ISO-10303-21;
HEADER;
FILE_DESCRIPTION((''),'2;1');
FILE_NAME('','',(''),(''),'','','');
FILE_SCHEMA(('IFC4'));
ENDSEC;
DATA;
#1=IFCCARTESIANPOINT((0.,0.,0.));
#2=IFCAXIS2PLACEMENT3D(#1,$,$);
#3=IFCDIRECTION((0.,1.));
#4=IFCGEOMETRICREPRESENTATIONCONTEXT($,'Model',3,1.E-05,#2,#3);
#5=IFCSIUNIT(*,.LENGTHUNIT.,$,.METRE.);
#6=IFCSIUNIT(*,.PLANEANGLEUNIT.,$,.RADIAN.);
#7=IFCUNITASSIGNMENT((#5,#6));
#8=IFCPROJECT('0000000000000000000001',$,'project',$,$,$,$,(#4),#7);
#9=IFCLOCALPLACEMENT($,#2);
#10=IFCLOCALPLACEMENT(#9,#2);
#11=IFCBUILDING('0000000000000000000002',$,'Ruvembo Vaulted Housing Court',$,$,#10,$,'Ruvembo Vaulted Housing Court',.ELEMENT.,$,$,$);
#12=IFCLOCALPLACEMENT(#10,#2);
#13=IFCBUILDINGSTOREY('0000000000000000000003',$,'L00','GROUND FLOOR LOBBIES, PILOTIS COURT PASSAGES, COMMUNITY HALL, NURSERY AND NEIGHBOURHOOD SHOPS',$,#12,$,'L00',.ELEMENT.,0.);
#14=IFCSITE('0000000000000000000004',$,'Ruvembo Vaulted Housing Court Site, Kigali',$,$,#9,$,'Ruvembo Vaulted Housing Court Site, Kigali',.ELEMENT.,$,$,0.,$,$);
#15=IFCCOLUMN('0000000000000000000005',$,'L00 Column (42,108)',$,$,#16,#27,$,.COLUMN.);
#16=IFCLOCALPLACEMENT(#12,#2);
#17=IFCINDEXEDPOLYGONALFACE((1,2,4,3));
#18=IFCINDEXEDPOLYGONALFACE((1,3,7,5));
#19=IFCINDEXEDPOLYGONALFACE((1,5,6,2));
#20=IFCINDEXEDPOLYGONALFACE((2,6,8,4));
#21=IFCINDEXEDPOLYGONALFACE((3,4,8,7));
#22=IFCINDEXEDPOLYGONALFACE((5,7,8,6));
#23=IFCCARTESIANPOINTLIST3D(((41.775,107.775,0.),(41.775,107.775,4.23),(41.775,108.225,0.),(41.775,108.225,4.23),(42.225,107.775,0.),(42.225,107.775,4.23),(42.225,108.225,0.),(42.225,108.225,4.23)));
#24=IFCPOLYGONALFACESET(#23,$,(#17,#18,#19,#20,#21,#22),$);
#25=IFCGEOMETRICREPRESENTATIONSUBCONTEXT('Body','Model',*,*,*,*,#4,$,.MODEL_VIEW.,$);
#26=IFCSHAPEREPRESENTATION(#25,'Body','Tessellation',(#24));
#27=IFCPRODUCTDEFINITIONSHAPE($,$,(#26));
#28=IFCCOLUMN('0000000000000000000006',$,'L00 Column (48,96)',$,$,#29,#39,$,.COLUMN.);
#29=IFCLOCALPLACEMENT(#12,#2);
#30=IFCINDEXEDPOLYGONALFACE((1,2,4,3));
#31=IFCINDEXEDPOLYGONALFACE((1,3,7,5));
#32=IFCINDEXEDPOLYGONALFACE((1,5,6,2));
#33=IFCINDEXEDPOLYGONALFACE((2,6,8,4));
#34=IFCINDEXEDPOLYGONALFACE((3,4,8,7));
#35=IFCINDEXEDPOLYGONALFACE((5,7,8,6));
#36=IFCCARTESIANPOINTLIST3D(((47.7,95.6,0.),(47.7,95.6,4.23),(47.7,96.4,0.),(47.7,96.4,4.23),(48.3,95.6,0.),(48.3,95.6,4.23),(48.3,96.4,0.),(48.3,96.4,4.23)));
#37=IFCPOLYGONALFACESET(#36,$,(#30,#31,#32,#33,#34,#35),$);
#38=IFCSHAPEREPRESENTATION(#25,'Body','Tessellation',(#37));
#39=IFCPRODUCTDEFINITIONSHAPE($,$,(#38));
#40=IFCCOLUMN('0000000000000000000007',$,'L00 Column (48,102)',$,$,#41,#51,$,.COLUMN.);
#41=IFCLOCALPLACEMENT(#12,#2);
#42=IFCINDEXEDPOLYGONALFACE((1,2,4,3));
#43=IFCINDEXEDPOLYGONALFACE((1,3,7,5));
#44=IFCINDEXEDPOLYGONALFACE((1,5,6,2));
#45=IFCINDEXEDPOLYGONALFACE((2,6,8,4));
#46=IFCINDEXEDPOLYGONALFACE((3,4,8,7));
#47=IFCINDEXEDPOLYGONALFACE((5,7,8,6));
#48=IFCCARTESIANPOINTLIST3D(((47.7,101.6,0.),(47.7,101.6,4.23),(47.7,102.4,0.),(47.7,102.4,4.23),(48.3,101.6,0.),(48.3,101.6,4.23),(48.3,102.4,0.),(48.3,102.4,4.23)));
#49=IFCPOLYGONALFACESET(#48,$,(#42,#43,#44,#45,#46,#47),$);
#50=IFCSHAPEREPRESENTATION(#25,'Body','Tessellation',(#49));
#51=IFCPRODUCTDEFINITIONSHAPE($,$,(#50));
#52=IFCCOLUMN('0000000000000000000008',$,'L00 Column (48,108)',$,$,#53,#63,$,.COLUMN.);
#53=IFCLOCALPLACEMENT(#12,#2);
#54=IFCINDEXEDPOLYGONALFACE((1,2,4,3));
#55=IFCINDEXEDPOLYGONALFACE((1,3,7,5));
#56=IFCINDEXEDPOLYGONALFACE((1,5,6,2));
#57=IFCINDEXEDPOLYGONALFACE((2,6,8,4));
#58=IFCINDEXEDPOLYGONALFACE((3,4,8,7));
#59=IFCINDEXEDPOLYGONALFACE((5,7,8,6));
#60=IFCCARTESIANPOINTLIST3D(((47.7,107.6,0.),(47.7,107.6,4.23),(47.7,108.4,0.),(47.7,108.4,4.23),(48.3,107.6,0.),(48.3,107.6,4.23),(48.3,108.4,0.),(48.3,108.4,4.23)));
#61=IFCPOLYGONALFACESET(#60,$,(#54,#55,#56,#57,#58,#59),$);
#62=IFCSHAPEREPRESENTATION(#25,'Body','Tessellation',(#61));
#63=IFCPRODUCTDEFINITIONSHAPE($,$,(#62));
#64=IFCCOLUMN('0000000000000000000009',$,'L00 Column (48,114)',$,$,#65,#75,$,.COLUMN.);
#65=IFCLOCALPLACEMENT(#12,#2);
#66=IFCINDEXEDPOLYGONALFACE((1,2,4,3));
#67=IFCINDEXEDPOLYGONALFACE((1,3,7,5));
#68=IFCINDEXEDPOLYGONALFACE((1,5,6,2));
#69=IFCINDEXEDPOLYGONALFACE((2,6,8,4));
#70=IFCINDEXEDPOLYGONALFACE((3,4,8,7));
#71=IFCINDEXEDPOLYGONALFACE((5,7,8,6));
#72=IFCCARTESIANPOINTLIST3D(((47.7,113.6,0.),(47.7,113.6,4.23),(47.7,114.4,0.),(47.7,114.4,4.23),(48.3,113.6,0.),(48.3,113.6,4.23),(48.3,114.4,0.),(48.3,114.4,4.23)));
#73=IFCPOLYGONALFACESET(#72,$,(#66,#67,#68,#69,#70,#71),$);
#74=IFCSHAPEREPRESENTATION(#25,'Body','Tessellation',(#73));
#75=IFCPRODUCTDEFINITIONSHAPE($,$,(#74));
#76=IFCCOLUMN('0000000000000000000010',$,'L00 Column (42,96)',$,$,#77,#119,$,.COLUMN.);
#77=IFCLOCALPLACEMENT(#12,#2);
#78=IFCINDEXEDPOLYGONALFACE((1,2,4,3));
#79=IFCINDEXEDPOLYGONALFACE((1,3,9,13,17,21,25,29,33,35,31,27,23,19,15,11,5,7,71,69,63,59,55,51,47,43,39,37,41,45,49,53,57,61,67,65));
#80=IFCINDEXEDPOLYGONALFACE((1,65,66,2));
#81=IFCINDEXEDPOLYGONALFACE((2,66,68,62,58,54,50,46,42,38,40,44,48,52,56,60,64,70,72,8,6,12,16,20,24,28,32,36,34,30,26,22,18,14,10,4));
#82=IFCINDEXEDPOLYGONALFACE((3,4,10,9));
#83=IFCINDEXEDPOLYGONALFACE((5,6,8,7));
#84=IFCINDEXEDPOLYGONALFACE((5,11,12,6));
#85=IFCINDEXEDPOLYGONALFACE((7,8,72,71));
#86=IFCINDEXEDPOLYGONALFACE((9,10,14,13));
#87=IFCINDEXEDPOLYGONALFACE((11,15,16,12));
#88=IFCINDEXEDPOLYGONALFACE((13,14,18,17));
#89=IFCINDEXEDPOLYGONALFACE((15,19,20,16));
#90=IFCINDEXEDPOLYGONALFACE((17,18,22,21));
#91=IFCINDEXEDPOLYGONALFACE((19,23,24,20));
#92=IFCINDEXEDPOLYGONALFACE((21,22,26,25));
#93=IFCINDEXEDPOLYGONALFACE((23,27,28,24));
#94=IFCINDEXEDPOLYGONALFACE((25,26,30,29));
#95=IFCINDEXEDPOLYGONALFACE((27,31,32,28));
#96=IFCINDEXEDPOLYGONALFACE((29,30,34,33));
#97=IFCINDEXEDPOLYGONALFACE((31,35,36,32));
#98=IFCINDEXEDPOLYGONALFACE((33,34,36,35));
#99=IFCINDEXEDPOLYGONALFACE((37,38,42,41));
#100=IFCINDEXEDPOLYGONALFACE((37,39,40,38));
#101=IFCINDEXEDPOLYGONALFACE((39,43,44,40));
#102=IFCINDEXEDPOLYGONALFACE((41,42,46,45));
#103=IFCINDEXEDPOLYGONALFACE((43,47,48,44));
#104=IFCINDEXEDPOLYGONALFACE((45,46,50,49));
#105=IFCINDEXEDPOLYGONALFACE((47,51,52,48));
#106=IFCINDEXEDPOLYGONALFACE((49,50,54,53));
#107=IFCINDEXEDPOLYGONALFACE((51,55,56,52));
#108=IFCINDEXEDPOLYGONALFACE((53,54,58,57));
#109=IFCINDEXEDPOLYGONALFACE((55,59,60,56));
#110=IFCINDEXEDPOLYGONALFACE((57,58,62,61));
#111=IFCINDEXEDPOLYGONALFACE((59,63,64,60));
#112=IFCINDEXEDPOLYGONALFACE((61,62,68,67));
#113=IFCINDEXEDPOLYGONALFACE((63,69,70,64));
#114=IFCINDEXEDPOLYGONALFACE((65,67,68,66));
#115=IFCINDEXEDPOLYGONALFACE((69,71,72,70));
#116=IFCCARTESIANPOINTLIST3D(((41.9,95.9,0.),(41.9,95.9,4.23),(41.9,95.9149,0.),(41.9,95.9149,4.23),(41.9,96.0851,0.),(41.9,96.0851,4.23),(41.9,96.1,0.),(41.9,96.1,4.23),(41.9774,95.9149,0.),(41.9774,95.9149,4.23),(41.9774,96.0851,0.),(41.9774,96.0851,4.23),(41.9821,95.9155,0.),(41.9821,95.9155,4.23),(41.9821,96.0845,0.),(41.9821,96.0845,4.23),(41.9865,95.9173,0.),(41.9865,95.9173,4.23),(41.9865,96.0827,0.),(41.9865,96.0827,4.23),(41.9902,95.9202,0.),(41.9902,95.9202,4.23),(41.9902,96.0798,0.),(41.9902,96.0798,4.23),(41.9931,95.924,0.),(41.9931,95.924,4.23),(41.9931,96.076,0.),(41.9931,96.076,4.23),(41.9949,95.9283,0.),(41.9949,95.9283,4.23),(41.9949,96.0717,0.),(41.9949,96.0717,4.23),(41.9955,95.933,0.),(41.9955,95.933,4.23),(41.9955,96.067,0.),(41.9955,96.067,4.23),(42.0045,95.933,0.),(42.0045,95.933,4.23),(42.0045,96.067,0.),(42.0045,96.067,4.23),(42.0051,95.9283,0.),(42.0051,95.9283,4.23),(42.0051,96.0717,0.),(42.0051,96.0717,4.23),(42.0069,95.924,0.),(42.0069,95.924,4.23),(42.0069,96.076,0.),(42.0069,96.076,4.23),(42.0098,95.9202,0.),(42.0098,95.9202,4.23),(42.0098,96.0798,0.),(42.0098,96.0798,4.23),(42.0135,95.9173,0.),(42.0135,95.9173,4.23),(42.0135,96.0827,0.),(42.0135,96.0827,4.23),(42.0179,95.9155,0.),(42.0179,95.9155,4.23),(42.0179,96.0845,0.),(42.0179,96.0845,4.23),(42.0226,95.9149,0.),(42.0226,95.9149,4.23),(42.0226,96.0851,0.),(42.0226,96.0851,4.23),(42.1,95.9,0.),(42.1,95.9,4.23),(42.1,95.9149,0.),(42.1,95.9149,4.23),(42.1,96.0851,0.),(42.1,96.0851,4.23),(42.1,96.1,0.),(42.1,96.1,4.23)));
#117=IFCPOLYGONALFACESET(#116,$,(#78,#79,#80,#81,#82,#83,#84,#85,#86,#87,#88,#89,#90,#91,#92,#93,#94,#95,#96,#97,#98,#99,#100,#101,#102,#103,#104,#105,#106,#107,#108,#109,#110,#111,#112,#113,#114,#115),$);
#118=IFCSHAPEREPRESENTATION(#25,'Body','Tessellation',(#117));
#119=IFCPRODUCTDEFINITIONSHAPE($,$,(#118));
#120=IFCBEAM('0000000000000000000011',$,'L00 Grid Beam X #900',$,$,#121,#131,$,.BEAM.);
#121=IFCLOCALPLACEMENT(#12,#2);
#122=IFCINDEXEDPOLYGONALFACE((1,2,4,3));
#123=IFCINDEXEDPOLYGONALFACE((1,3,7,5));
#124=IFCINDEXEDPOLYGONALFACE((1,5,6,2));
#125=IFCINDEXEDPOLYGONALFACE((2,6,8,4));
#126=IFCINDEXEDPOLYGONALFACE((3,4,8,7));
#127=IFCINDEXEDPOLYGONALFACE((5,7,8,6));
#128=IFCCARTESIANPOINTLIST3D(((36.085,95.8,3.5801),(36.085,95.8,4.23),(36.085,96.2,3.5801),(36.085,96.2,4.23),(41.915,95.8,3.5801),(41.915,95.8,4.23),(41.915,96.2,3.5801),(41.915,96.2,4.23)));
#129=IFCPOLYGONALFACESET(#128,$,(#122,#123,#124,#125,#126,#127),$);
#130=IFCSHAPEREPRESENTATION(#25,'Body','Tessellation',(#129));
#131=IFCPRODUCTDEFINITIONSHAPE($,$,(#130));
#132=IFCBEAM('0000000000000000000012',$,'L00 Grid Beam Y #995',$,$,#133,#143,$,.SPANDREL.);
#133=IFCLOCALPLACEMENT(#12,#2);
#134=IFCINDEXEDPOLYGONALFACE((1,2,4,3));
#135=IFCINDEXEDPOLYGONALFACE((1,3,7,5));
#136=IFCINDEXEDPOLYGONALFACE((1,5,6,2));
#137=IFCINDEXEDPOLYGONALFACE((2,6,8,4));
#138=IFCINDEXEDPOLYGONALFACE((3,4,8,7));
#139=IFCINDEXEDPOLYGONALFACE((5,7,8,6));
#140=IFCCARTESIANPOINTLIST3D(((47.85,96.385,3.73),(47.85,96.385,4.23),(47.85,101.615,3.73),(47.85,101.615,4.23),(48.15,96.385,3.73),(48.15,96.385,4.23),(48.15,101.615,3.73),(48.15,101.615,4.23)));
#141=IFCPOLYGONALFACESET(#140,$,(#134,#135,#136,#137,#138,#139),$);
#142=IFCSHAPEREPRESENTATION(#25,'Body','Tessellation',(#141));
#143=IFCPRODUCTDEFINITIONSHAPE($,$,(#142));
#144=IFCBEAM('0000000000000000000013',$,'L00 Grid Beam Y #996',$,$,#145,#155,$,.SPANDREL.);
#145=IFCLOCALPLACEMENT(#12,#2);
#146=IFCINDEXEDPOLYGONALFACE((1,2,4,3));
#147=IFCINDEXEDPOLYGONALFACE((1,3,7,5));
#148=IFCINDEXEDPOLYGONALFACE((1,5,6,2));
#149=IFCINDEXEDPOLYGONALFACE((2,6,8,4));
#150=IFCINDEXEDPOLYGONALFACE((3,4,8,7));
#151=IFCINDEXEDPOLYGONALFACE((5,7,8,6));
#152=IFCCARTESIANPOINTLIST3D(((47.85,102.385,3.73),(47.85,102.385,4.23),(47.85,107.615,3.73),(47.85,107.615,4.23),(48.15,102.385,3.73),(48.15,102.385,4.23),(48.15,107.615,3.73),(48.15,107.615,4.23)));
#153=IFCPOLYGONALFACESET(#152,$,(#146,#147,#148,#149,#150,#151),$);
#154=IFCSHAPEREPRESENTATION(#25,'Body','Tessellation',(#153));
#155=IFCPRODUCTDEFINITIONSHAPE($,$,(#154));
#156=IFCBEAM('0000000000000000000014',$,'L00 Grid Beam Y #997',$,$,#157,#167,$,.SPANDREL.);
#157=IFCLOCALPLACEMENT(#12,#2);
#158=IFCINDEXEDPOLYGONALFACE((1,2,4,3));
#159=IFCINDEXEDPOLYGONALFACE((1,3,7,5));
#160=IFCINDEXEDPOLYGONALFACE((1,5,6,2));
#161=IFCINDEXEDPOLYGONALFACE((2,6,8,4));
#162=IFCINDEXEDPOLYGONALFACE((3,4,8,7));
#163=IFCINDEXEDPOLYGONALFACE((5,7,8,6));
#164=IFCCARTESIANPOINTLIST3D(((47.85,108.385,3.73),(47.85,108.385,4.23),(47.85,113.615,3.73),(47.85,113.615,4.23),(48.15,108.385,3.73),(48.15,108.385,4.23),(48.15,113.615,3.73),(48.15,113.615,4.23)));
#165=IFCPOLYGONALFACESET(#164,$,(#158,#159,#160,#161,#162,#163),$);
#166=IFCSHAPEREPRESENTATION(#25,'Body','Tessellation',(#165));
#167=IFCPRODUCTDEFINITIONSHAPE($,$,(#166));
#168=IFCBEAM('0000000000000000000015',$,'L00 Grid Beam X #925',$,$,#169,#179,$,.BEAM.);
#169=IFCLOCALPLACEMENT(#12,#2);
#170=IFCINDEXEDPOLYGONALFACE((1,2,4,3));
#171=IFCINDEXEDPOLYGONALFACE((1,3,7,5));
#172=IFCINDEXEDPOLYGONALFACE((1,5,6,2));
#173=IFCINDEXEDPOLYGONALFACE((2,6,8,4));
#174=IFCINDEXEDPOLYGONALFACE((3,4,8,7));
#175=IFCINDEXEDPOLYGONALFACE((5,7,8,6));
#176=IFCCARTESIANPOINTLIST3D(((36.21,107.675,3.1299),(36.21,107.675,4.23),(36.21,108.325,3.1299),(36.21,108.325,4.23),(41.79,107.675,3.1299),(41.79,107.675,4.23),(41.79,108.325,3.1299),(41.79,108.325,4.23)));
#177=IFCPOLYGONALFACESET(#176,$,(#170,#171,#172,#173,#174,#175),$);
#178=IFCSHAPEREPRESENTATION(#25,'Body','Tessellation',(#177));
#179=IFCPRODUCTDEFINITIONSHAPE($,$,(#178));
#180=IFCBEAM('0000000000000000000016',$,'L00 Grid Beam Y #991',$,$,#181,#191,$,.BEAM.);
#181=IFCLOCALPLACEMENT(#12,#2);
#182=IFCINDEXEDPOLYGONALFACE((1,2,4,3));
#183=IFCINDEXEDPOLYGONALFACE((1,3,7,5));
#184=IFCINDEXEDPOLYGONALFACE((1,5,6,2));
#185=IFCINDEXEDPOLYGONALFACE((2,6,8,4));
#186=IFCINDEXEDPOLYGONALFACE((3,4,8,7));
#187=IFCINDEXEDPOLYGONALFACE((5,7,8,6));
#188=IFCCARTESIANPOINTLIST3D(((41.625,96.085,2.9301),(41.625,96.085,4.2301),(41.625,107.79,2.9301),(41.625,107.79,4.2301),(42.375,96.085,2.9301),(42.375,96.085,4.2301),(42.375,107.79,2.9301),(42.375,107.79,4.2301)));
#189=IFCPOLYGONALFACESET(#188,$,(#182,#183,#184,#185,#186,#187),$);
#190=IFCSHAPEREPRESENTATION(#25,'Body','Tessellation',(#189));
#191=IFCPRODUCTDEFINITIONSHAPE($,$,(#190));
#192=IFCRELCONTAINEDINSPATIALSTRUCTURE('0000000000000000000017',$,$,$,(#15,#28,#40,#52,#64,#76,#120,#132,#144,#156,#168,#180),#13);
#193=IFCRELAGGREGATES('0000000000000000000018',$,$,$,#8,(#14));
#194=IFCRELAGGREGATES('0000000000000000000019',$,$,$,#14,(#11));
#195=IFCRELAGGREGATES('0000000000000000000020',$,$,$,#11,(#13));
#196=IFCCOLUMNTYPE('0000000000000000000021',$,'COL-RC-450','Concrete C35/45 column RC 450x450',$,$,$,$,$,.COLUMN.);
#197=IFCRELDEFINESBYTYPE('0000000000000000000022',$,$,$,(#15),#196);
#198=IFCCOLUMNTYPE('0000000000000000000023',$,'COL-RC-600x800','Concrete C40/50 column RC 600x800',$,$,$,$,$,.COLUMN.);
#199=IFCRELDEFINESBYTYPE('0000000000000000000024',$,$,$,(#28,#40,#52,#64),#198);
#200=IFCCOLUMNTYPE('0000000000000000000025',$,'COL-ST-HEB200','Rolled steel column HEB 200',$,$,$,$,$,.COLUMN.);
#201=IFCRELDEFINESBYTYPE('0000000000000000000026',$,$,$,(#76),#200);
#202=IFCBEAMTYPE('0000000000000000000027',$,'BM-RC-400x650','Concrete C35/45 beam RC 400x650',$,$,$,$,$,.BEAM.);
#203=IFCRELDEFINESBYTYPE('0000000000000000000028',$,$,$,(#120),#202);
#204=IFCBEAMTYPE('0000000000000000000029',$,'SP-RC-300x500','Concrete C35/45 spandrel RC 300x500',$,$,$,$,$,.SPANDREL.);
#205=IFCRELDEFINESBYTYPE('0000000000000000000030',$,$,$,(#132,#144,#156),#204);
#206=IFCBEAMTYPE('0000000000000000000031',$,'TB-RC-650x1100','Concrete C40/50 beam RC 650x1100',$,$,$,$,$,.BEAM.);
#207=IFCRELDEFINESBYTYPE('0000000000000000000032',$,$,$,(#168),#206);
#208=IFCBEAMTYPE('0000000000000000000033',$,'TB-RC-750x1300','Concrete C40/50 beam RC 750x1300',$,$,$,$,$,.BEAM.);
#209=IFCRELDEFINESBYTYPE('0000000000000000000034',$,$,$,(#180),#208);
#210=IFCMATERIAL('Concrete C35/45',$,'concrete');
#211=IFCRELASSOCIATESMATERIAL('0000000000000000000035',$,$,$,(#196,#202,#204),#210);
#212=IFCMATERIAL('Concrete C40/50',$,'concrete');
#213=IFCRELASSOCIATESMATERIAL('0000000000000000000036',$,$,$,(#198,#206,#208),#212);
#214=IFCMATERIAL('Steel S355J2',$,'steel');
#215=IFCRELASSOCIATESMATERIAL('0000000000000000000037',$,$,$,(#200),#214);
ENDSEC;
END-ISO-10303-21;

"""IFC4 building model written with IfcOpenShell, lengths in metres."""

from ifc_helpers import new_model, si_unit, direction, frame, origin, origin_2d, place, context, subcontext, project, spatial, rectangle, i_section, extrude, material, material_profile, profile_set, type_object, element, save


model = new_model("IFC4")

# Units and contexts
model_context = context("Model", 3, precision=1e-05, world=origin(), true_north=direction((0.0, 1.0)))
body_context = subcontext(model_context, "Body", "Model", "MODEL_VIEW")
ifc_project = project(units=[si_unit("LENGTHUNIT", "METRE"), si_unit("PLANEANGLEUNIT", "RADIAN")], contexts=[model_context])

# Site, building, storey
site_placement = place(None, origin())
site = spatial("IfcSite", under=ifc_project, at=site_placement, Name="Ruvembo Vaulted Housing Court Site, Kigali", LongName="Ruvembo Vaulted Housing Court Site, Kigali", CompositionType="ELEMENT", RefElevation=0.0)
building_placement = place(site_placement, origin())
building = spatial("IfcBuilding", under=site, at=building_placement, Name="Ruvembo Vaulted Housing Court", LongName="Ruvembo Vaulted Housing Court", CompositionType="ELEMENT")
storey_placement = place(building_placement, origin())
storey = spatial("IfcBuildingStorey", under=building, at=storey_placement, Name="L00", Description="GROUND FLOOR LOBBIES, PILOTIS COURT PASSAGES, COMMUNITY HALL, NURSERY AND NEIGHBOURHOOD SHOPS", LongName="L00", CompositionType="ELEMENT", Elevation=0.0)

# Columns
ifc_material_1 = material(Name="Concrete C35/45", Category="concrete")
ifc_material_profile_1 = material_profile(ifc_material_1, rectangle(XDim=0.45, YDim=0.45, at=origin_2d()), Name="RC 450x450")
ifc_profile_set_1 = profile_set([ifc_material_profile_1], Name="Concrete C35/45")
column_type_1 = type_object("IfcColumnType", Name="COL-RC-450", Description="Concrete C35/45 column RC 450x450", PredefinedType="COLUMN", material=ifc_profile_set_1)
column_1_placement = place(storey_placement, frame((42.0, 108.0, 0.0), z_axis=(0.0, 0.0, 1.0), x_axis=(1.0, 0.0, 0.0)))
element("IfcColumn", 1, at=column_1_placement, inside=storey, type_object=column_type_1, Name="L00 Column (42,108)", PredefinedType="COLUMN", context=body_context, shape_type="SweptSolid", body=[
    extrude(rectangle(XDim=0.45, YDim=0.45, at=origin_2d()), origin(), (0.0, 0.0, 1.0), 4.23),
])
ifc_material_2 = material(Name="Concrete C40/50", Category="concrete")
ifc_material_profile_2 = material_profile(ifc_material_2, rectangle(XDim=0.6001, YDim=0.8, at=origin_2d()), Name="RC 600x800")
ifc_profile_set_2 = profile_set([ifc_material_profile_2], Name="Concrete C40/50")
column_type_2 = type_object("IfcColumnType", Name="COL-RC-600x800", Description="Concrete C40/50 column RC 600x800", PredefinedType="COLUMN", material=ifc_profile_set_2)
for number, where, z_axis, x_axis, name in (
    (2, (48.0, 96.0, 0.0), (0.0, 0.0, 1.0), (1.0, 0.0, 0.0), "L00 Column (48,96)"),
    (3, (48.0, 102.0, 0.0), (0.0, 0.0, 1.0), (1.0, 0.0, 0.0), "L00 Column (48,102)"),
    (4, (48.0, 108.0, 0.0), (0.0, 0.0, 1.0), (1.0, 0.0, 0.0), "L00 Column (48,108)"),
    (5, (48.0, 114.0, 0.0), (0.0, 0.0, 1.0), (1.0, 0.0, 0.0), "L00 Column (48,114)"),
):
    element("IfcColumn", number, at=place(storey_placement, frame(where, z_axis=z_axis, x_axis=x_axis)), inside=storey, type_object=column_type_2, Name=name, PredefinedType="COLUMN", context=body_context, shape_type="SweptSolid", body=[
        extrude(rectangle(XDim=0.6001, YDim=0.8, at=origin_2d()), origin(), (0.0, 0.0, 1.0), 4.23),
    ])
ifc_material_3 = material(Name="Steel S355J2", Category="steel")
ifc_material_profile_3 = material_profile(ifc_material_3, i_section(OverallWidth=0.2, OverallDepth=0.2, WebThickness=0.009, FlangeThickness=0.0149, FilletRadius=0.0181, at=origin_2d()), Name="HEB 200")
ifc_profile_set_3 = profile_set([ifc_material_profile_3], Name="Steel S355J2")
column_type_3 = type_object("IfcColumnType", Name="COL-ST-HEB200", Description="Rolled steel column HEB 200", PredefinedType="COLUMN", material=ifc_profile_set_3)
column_2_placement = place(storey_placement, frame((42.0, 96.0, 0.0), z_axis=(0.0, 0.0, 1.0), x_axis=(1.0, 0.0, 0.0)))
element("IfcColumn", 6, at=column_2_placement, inside=storey, type_object=column_type_3, Name="L00 Column (42,96)", PredefinedType="COLUMN", context=body_context, shape_type="SweptSolid", body=[
    extrude(i_section(OverallWidth=0.2, OverallDepth=0.2, WebThickness=0.009, FlangeThickness=0.0149, FilletRadius=0.0181, at=origin_2d()), origin(), (0.0, 0.0, 1.0), 4.23),
])

# Beams
ifc_material_profile_4 = material_profile(ifc_material_1, rectangle(XDim=0.3999, YDim=0.6499, at=origin_2d()), Name="RC 400x650")
ifc_profile_set_4 = profile_set([ifc_material_profile_4], Name="Concrete C35/45")
beam_type_1 = type_object("IfcBeamType", Name="BM-RC-400x650", Description="Concrete C35/45 beam RC 400x650", PredefinedType="BEAM", material=ifc_profile_set_4)
beam_1_placement = place(storey_placement, frame((36.085, 96.0, 3.905), z_axis=(1.0, 0.0, 0.0), x_axis=(0.0, 1.0, 0.0)))
element("IfcBeam", 7, at=beam_1_placement, inside=storey, type_object=beam_type_1, Name="L00 Grid Beam X #900", PredefinedType="BEAM", context=body_context, shape_type="SweptSolid", body=[
    extrude(rectangle(XDim=0.3999, YDim=0.6499, at=origin_2d()), origin(), (0.0, 0.0, 1.0), 5.8301),
])
ifc_material_profile_5 = material_profile(ifc_material_1, rectangle(XDim=0.3, YDim=0.5, at=origin_2d()), Name="RC 300x500")
ifc_profile_set_5 = profile_set([ifc_material_profile_5], Name="Concrete C35/45")
beam_type_2 = type_object("IfcBeamType", Name="SP-RC-300x500", Description="Concrete C35/45 spandrel RC 300x500", PredefinedType="SPANDREL", material=ifc_profile_set_5)
for number, where, z_axis, x_axis, name in (
    (8, (48.0, 96.385, 3.98), (0.0, 1.0, 0.0), (-1.0, 0.0, 0.0), "L00 Grid Beam Y #995"),
    (9, (48.0, 102.385, 3.98), (0.0, 1.0, 0.0), (-1.0, 0.0, 0.0), "L00 Grid Beam Y #996"),
    (10, (48.0, 108.385, 3.98), (0.0, 1.0, 0.0), (-1.0, 0.0, 0.0), "L00 Grid Beam Y #997"),
):
    element("IfcBeam", number, at=place(storey_placement, frame(where, z_axis=z_axis, x_axis=x_axis)), inside=storey, type_object=beam_type_2, Name=name, PredefinedType="SPANDREL", context=body_context, shape_type="SweptSolid", body=[
        extrude(rectangle(XDim=0.3, YDim=0.5, at=origin_2d()), origin(), (0.0, 0.0, 1.0), 5.23),
    ])
ifc_material_profile_6 = material_profile(ifc_material_2, rectangle(XDim=0.6499, YDim=1.1001, at=origin_2d()), Name="RC 650x1100")
ifc_profile_set_6 = profile_set([ifc_material_profile_6], Name="Concrete C40/50")
beam_type_3 = type_object("IfcBeamType", Name="TB-RC-650x1100", Description="Concrete C40/50 beam RC 650x1100", PredefinedType="BEAM", material=ifc_profile_set_6)
beam_2_placement = place(storey_placement, frame((36.21, 108.0, 3.6799), z_axis=(1.0, 0.0, 0.0), x_axis=(0.0, 1.0, 0.0)))
element("IfcBeam", 11, at=beam_2_placement, inside=storey, type_object=beam_type_3, Name="L00 Grid Beam X #925", PredefinedType="BEAM", context=body_context, shape_type="SweptSolid", body=[
    extrude(rectangle(XDim=0.6499, YDim=1.1001, at=origin_2d()), origin(), (0.0, 0.0, 1.0), 5.5801),
])
ifc_material_profile_7 = material_profile(ifc_material_2, rectangle(XDim=0.75, YDim=1.3, at=origin_2d()), Name="RC 750x1300")
ifc_profile_set_7 = profile_set([ifc_material_profile_7], Name="Concrete C40/50")
beam_type_4 = type_object("IfcBeamType", Name="TB-RC-750x1300", Description="Concrete C40/50 beam RC 750x1300", PredefinedType="BEAM", material=ifc_profile_set_7)
beam_3_placement = place(storey_placement, frame((42.0, 96.085, 3.5801), z_axis=(0.0, 1.0, 0.0), x_axis=(-1.0, 0.0, 0.0)))
element("IfcBeam", 12, at=beam_3_placement, inside=storey, type_object=beam_type_4, Name="L00 Grid Beam Y #991", PredefinedType="BEAM", context=body_context, shape_type="SweptSolid", body=[
    extrude(rectangle(XDim=0.75, YDim=1.3, at=origin_2d()), origin(), (0.0, 0.0, 1.0), 11.7051),
])

save(model, "model.ifc")
